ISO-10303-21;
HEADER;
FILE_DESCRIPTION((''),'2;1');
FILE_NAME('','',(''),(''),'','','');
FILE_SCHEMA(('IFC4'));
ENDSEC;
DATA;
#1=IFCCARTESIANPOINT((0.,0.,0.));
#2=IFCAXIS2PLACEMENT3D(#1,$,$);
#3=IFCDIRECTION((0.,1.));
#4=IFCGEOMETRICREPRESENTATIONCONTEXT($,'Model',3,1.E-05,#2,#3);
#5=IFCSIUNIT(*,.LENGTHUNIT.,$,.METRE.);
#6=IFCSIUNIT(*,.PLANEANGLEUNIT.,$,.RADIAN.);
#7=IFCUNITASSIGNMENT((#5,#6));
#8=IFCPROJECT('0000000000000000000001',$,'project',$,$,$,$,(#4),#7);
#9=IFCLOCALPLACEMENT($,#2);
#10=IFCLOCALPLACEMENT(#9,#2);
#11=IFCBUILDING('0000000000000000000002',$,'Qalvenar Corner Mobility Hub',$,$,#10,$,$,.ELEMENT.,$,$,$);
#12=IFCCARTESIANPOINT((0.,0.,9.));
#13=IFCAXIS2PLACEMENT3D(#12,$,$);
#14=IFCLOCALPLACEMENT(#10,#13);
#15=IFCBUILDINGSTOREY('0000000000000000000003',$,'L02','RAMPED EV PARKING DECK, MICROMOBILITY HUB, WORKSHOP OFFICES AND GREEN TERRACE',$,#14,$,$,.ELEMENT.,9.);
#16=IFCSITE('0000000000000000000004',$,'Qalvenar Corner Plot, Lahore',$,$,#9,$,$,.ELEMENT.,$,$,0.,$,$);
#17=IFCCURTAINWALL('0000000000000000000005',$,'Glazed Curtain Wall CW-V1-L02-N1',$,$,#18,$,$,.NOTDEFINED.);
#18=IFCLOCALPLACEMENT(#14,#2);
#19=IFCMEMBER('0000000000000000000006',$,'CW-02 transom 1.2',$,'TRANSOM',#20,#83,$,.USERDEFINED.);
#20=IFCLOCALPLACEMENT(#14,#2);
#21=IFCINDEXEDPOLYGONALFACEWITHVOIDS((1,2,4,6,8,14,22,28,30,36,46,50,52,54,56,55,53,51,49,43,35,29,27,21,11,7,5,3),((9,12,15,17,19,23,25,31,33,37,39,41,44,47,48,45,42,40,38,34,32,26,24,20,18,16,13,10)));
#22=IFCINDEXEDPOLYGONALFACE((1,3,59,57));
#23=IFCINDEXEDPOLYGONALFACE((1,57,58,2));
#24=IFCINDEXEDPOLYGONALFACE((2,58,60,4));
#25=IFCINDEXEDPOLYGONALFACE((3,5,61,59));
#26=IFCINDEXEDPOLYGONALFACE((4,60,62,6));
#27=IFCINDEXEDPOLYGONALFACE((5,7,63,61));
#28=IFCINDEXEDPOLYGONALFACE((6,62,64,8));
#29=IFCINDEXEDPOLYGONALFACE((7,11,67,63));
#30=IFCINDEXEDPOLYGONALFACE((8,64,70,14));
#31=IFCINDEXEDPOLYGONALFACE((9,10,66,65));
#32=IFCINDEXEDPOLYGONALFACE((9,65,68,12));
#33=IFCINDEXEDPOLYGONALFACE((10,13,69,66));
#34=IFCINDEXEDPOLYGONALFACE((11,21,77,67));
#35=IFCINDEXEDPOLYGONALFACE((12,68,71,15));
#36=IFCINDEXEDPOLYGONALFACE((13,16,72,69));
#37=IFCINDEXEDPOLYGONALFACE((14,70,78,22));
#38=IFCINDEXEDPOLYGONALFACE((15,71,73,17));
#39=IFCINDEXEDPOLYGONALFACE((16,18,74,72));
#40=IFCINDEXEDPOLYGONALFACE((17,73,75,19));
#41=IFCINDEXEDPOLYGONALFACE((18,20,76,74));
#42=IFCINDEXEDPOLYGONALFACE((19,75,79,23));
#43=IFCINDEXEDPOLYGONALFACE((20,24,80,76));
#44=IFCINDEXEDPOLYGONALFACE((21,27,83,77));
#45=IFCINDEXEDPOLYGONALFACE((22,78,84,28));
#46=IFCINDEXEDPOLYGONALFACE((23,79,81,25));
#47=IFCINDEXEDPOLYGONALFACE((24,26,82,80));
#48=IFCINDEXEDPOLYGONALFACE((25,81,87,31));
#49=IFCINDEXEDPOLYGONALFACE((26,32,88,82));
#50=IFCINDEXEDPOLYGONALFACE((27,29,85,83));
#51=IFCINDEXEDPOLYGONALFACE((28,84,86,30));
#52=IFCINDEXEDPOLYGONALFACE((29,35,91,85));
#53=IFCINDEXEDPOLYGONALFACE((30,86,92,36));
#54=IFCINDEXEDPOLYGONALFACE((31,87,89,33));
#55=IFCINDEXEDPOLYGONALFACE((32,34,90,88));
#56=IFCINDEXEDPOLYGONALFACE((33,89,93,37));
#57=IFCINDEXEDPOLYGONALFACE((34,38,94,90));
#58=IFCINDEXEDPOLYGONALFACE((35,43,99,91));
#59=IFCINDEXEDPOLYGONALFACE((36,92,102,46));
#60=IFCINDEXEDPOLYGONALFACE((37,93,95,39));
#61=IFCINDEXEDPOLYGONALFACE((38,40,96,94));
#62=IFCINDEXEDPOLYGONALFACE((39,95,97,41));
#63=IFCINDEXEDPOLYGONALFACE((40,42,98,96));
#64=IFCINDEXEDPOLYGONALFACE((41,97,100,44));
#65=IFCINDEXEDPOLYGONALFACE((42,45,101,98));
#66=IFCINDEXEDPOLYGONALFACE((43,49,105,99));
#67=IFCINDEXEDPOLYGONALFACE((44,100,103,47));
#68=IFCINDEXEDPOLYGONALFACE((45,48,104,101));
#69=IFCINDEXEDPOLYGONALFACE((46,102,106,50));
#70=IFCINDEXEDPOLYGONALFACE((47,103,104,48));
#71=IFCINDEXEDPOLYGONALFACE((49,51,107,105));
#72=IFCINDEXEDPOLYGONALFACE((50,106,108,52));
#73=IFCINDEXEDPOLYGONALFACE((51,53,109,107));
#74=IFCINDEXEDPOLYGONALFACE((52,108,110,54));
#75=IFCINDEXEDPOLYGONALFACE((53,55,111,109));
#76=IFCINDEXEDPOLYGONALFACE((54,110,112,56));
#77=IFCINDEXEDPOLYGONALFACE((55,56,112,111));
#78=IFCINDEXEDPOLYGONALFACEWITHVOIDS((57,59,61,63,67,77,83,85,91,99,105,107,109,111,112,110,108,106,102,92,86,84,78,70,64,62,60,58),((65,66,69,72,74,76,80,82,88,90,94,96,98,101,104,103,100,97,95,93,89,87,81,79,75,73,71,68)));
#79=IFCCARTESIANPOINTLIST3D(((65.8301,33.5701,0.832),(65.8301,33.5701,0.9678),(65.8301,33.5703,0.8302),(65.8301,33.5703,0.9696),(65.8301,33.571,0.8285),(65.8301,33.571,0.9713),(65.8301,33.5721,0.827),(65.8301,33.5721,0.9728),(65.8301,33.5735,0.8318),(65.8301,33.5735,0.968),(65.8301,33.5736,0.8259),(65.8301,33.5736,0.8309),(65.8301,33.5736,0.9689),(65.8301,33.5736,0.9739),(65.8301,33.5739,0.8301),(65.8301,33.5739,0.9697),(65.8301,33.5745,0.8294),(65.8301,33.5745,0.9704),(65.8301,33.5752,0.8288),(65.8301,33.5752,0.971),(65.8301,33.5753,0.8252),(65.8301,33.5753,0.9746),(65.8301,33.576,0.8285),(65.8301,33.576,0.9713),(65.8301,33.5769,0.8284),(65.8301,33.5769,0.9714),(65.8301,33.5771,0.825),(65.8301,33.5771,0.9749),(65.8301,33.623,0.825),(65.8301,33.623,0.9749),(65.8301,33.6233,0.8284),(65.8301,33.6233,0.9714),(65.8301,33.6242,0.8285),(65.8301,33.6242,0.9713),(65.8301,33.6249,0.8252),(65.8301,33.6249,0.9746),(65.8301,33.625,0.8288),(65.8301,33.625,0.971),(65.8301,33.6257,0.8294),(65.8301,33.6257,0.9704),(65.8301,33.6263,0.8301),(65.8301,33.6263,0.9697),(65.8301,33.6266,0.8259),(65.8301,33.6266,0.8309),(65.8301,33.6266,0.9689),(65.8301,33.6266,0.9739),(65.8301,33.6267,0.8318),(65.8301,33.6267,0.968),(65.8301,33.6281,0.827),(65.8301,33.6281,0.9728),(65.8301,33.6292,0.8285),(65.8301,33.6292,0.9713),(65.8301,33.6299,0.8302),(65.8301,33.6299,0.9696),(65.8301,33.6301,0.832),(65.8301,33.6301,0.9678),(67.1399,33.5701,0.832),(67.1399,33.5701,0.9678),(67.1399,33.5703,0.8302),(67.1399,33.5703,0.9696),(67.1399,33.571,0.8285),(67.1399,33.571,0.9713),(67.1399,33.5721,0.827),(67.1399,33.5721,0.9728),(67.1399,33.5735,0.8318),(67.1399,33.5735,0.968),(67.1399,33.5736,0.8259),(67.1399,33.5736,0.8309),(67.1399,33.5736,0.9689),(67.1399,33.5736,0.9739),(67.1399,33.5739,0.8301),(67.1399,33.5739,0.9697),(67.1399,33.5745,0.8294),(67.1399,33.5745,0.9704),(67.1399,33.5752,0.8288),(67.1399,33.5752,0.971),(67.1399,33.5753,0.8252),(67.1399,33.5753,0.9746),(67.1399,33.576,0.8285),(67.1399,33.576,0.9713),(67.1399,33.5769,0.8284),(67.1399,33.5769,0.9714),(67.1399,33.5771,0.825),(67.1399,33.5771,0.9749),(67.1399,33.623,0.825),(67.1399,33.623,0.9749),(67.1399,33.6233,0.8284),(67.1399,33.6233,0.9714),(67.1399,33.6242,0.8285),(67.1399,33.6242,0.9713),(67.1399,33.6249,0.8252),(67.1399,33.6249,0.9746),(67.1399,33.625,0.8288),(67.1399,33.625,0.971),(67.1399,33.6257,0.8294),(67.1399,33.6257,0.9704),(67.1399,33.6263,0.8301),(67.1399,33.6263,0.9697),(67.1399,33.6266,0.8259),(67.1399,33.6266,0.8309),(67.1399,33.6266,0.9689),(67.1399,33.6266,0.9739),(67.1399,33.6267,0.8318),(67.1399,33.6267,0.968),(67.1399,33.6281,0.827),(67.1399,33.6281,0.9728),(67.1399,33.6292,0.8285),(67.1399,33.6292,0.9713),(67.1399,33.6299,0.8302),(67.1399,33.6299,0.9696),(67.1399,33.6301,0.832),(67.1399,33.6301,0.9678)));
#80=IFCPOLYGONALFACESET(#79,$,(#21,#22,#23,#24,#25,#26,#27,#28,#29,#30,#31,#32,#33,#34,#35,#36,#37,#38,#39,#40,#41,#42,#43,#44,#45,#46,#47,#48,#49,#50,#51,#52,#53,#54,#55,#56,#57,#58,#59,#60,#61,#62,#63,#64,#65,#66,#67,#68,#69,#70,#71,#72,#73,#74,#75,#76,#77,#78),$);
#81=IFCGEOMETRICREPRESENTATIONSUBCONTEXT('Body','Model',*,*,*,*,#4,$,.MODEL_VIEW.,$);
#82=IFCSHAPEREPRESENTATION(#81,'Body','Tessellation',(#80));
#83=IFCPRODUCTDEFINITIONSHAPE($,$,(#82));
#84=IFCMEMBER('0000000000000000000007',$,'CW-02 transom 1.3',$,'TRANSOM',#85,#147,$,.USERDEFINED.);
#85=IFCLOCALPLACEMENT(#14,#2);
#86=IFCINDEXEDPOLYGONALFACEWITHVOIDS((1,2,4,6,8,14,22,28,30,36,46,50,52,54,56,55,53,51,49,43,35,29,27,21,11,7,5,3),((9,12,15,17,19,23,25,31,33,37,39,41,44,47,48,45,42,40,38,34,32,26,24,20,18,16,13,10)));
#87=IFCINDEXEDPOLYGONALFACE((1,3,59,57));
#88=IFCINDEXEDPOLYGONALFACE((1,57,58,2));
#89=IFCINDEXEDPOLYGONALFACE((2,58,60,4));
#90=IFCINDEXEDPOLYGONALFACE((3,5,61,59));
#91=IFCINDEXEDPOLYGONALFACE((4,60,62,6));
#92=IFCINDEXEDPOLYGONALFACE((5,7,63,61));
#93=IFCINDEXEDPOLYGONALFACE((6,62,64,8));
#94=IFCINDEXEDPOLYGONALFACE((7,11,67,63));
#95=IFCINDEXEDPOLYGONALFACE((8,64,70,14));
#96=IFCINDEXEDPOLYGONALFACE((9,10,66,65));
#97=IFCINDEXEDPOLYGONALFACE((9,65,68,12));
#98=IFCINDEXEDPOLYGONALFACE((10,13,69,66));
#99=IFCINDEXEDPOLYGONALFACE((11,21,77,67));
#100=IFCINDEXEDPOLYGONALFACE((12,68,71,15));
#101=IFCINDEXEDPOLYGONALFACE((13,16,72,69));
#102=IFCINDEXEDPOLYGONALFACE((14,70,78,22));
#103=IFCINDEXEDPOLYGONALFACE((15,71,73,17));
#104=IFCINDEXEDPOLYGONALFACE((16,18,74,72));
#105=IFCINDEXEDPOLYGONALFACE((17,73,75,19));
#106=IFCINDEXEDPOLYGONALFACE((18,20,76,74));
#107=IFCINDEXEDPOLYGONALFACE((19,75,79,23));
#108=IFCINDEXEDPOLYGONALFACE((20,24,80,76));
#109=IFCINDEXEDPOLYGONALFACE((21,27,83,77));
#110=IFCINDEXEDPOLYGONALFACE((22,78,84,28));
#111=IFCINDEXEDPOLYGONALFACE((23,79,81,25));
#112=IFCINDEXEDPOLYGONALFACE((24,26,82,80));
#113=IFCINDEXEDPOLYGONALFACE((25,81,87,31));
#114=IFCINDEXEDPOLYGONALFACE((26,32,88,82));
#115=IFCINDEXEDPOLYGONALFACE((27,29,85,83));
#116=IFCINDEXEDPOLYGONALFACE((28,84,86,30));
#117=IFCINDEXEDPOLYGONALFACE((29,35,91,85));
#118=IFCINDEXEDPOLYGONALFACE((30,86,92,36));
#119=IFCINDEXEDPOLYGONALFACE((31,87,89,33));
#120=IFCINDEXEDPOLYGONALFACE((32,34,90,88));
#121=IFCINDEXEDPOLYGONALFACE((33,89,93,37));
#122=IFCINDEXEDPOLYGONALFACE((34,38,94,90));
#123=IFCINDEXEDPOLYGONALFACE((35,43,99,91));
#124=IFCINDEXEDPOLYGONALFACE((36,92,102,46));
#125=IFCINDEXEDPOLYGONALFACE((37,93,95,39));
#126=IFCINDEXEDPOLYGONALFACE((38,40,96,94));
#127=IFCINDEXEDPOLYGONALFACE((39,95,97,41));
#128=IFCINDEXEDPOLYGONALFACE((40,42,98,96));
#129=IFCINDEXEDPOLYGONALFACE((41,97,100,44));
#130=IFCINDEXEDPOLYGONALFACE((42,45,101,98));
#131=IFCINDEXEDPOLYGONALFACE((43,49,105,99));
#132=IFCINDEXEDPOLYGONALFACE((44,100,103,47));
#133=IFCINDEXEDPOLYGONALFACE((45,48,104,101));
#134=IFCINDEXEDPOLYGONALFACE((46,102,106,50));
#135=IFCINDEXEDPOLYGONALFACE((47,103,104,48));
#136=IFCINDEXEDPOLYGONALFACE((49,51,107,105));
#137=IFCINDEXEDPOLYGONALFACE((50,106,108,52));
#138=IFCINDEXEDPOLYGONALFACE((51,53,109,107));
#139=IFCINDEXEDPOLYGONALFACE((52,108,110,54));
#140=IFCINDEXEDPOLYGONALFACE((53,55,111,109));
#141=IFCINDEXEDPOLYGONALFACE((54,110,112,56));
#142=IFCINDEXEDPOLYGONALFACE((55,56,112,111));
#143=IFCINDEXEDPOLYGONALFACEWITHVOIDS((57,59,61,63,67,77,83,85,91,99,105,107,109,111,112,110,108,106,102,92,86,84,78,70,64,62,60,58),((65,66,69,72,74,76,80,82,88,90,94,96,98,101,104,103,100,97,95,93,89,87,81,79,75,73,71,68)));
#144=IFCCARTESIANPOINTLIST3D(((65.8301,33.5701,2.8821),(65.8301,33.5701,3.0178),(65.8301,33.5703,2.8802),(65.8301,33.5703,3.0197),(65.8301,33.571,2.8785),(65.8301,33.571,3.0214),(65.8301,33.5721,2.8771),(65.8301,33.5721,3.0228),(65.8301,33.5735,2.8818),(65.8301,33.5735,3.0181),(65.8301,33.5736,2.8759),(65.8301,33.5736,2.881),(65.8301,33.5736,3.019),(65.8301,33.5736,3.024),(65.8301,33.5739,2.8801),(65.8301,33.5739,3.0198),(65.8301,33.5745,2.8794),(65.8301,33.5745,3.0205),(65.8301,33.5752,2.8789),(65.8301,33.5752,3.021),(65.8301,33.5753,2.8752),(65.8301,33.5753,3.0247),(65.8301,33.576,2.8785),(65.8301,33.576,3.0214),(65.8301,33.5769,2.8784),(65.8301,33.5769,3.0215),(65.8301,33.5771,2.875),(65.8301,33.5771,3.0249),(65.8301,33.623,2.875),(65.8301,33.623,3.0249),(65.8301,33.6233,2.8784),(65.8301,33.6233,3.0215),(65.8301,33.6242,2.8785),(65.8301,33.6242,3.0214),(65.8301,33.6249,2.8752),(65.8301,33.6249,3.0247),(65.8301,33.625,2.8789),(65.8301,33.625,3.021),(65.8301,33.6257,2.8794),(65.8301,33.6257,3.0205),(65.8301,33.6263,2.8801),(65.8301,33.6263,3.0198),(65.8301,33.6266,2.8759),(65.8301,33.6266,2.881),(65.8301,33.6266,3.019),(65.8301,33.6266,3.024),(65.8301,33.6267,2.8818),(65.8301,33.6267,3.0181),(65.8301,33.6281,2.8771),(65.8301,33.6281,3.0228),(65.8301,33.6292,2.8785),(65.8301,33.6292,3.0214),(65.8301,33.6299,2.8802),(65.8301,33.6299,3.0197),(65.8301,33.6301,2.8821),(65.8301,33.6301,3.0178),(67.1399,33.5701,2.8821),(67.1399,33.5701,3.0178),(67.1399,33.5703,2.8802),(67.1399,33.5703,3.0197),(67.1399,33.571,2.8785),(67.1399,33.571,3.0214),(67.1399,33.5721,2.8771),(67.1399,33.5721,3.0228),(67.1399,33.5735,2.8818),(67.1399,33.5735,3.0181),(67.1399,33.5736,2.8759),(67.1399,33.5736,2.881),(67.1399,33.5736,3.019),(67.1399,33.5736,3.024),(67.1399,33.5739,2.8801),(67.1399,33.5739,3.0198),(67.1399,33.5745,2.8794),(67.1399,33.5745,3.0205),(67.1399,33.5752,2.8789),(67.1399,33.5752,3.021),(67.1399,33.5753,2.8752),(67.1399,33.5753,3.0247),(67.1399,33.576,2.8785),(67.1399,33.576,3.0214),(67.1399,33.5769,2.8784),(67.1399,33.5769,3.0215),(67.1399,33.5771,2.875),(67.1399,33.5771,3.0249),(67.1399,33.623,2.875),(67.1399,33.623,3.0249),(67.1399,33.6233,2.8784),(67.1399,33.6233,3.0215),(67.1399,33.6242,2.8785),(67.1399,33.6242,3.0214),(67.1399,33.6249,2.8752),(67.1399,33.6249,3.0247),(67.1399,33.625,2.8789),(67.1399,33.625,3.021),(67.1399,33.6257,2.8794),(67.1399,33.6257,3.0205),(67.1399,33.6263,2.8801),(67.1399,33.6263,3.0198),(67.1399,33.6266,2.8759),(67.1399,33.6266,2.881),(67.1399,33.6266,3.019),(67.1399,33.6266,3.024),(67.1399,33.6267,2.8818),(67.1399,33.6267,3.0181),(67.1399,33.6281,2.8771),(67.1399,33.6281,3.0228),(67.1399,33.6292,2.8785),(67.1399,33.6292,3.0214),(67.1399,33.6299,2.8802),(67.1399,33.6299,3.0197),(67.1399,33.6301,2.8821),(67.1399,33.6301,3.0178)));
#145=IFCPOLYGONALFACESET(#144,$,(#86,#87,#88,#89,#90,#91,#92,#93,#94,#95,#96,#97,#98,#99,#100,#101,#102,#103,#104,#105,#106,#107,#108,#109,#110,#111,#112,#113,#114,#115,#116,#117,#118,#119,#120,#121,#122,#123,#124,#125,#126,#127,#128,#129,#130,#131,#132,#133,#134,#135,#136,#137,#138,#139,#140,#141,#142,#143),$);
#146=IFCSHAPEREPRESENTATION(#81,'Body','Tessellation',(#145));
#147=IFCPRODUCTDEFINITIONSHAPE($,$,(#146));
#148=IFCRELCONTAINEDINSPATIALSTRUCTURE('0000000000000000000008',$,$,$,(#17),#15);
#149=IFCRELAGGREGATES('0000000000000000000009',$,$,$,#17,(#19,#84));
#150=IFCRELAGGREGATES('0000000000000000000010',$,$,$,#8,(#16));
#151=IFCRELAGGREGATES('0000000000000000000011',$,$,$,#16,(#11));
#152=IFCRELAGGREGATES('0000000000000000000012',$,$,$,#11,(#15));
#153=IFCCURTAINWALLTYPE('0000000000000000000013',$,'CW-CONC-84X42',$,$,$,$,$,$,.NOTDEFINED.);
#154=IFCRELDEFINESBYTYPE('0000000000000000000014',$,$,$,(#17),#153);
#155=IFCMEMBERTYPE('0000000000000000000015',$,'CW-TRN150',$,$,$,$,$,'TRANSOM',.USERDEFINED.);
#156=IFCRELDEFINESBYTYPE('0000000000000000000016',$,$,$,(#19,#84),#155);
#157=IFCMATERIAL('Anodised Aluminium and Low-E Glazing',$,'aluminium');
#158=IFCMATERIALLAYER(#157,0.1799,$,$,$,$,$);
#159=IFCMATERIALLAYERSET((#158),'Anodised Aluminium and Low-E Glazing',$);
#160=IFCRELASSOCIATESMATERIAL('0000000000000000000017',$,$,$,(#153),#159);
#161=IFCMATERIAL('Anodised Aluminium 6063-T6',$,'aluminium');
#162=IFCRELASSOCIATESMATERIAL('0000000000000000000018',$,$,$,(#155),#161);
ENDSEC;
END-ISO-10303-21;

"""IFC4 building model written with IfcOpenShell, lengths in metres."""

from ifc_helpers import new_model, si_unit, direction, frame, origin, origin_2d, place, context, subcontext, project, spatial, hollow_rectangle, extrude, material, layer, layer_set, material_profile, profile_set, type_object, element, aggregate, save


model = new_model("IFC4")

# Units and contexts
model_context = context("Model", 3, precision=1e-05, world=origin(), true_north=direction((0.0, 1.0)))
body_context = subcontext(model_context, "Body", "Model", "MODEL_VIEW")
ifc_project = project(units=[si_unit("LENGTHUNIT", "METRE"), si_unit("PLANEANGLEUNIT", "RADIAN")], contexts=[model_context])

# Site, building, storey
site_placement = place(None, origin())
site = spatial("IfcSite", under=ifc_project, at=site_placement, Name="Qalvenar Corner Plot, Lahore", CompositionType="ELEMENT", RefElevation=0.0)
building_placement = place(site_placement, origin())
building = spatial("IfcBuilding", under=site, at=building_placement, Name="Qalvenar Corner Mobility Hub", CompositionType="ELEMENT")
storey_placement = place(building_placement, frame((0.0, 0.0, 9.0)))
storey = spatial("IfcBuildingStorey", under=building, at=storey_placement, Name="L02", Description="RAMPED EV PARKING DECK, MICROMOBILITY HUB, WORKSHOP OFFICES AND GREEN TERRACE", CompositionType="ELEMENT", Elevation=9.0)

# Curtain wall
ifc_material_1 = material(Name="Anodised Aluminium and Low-E Glazing", Category="aluminium")
ifc_layer_1 = layer(ifc_material_1, 0.1799)
ifc_layer_set_1 = layer_set([ifc_layer_1], Name="Anodised Aluminium and Low-E Glazing")
curtain_wall_type = type_object("IfcCurtainWallType", Name="CW-CONC-84X42", PredefinedType="NOTDEFINED", material=ifc_layer_set_1)
curtain_wall_1_placement = place(storey_placement, origin())
curtain_wall_1 = element("IfcCurtainWall", 1, at=curtain_wall_1_placement, inside=storey, type_object=curtain_wall_type, Name="Glazed Curtain Wall CW-V1-L02-N1", PredefinedType="NOTDEFINED")
ifc_material_2 = material(Name="Anodised Aluminium 6063-T6", Category="aluminium")

# Members
ifc_material_profile_1 = material_profile(ifc_material_2, hollow_rectangle(XDim=0.0601, YDim=0.1499, WallThickness=0.0034, InnerFilletRadius=0.0034, OuterFilletRadius=0.0071, at=origin_2d()), Name="RHS150x60x3.5")
ifc_profile_set_1 = profile_set([ifc_material_profile_1], Name="Anodised Aluminium 6063-T6")
member_type_1 = type_object("IfcMemberType", Name="CW-TRN150", ElementType="TRANSOM", PredefinedType="USERDEFINED", material=ifc_profile_set_1)
member_1_placement = place(storey_placement, frame((67.1399, 33.6001, 0.8999), z_axis=(-1.0, 0.0, 0.0), x_axis=(0.0, -1.0, 0.0)))
member_1 = element("IfcMember", 2, at=member_1_placement, type_object=member_type_1, Name="CW-02 transom 1.2", ObjectType="TRANSOM", PredefinedType="USERDEFINED", context=body_context, shape_type="SweptSolid", body=[
    extrude(hollow_rectangle(XDim=0.0601, YDim=0.1499, WallThickness=0.0034, InnerFilletRadius=0.0034, OuterFilletRadius=0.0071, at=origin_2d()), origin(), (0.0, 0.0, 1.0), 1.3098),
])
member_2_placement = place(storey_placement, frame((67.1399, 33.6001, 2.95), z_axis=(-1.0, 0.0, 0.0), x_axis=(0.0, -1.0, 0.0)))
member_2 = element("IfcMember", 3, at=member_2_placement, type_object=member_type_1, Name="CW-02 transom 1.3", ObjectType="TRANSOM", PredefinedType="USERDEFINED", context=body_context, shape_type="SweptSolid", body=[
    extrude(hollow_rectangle(XDim=0.0601, YDim=0.1499, WallThickness=0.0034, InnerFilletRadius=0.0034, OuterFilletRadius=0.0071, at=origin_2d()), origin(), (0.0, 0.0, 1.0), 1.3098),
])

aggregate(curtain_wall_1, [member_1, member_2])

save(model, "model.ifc")
